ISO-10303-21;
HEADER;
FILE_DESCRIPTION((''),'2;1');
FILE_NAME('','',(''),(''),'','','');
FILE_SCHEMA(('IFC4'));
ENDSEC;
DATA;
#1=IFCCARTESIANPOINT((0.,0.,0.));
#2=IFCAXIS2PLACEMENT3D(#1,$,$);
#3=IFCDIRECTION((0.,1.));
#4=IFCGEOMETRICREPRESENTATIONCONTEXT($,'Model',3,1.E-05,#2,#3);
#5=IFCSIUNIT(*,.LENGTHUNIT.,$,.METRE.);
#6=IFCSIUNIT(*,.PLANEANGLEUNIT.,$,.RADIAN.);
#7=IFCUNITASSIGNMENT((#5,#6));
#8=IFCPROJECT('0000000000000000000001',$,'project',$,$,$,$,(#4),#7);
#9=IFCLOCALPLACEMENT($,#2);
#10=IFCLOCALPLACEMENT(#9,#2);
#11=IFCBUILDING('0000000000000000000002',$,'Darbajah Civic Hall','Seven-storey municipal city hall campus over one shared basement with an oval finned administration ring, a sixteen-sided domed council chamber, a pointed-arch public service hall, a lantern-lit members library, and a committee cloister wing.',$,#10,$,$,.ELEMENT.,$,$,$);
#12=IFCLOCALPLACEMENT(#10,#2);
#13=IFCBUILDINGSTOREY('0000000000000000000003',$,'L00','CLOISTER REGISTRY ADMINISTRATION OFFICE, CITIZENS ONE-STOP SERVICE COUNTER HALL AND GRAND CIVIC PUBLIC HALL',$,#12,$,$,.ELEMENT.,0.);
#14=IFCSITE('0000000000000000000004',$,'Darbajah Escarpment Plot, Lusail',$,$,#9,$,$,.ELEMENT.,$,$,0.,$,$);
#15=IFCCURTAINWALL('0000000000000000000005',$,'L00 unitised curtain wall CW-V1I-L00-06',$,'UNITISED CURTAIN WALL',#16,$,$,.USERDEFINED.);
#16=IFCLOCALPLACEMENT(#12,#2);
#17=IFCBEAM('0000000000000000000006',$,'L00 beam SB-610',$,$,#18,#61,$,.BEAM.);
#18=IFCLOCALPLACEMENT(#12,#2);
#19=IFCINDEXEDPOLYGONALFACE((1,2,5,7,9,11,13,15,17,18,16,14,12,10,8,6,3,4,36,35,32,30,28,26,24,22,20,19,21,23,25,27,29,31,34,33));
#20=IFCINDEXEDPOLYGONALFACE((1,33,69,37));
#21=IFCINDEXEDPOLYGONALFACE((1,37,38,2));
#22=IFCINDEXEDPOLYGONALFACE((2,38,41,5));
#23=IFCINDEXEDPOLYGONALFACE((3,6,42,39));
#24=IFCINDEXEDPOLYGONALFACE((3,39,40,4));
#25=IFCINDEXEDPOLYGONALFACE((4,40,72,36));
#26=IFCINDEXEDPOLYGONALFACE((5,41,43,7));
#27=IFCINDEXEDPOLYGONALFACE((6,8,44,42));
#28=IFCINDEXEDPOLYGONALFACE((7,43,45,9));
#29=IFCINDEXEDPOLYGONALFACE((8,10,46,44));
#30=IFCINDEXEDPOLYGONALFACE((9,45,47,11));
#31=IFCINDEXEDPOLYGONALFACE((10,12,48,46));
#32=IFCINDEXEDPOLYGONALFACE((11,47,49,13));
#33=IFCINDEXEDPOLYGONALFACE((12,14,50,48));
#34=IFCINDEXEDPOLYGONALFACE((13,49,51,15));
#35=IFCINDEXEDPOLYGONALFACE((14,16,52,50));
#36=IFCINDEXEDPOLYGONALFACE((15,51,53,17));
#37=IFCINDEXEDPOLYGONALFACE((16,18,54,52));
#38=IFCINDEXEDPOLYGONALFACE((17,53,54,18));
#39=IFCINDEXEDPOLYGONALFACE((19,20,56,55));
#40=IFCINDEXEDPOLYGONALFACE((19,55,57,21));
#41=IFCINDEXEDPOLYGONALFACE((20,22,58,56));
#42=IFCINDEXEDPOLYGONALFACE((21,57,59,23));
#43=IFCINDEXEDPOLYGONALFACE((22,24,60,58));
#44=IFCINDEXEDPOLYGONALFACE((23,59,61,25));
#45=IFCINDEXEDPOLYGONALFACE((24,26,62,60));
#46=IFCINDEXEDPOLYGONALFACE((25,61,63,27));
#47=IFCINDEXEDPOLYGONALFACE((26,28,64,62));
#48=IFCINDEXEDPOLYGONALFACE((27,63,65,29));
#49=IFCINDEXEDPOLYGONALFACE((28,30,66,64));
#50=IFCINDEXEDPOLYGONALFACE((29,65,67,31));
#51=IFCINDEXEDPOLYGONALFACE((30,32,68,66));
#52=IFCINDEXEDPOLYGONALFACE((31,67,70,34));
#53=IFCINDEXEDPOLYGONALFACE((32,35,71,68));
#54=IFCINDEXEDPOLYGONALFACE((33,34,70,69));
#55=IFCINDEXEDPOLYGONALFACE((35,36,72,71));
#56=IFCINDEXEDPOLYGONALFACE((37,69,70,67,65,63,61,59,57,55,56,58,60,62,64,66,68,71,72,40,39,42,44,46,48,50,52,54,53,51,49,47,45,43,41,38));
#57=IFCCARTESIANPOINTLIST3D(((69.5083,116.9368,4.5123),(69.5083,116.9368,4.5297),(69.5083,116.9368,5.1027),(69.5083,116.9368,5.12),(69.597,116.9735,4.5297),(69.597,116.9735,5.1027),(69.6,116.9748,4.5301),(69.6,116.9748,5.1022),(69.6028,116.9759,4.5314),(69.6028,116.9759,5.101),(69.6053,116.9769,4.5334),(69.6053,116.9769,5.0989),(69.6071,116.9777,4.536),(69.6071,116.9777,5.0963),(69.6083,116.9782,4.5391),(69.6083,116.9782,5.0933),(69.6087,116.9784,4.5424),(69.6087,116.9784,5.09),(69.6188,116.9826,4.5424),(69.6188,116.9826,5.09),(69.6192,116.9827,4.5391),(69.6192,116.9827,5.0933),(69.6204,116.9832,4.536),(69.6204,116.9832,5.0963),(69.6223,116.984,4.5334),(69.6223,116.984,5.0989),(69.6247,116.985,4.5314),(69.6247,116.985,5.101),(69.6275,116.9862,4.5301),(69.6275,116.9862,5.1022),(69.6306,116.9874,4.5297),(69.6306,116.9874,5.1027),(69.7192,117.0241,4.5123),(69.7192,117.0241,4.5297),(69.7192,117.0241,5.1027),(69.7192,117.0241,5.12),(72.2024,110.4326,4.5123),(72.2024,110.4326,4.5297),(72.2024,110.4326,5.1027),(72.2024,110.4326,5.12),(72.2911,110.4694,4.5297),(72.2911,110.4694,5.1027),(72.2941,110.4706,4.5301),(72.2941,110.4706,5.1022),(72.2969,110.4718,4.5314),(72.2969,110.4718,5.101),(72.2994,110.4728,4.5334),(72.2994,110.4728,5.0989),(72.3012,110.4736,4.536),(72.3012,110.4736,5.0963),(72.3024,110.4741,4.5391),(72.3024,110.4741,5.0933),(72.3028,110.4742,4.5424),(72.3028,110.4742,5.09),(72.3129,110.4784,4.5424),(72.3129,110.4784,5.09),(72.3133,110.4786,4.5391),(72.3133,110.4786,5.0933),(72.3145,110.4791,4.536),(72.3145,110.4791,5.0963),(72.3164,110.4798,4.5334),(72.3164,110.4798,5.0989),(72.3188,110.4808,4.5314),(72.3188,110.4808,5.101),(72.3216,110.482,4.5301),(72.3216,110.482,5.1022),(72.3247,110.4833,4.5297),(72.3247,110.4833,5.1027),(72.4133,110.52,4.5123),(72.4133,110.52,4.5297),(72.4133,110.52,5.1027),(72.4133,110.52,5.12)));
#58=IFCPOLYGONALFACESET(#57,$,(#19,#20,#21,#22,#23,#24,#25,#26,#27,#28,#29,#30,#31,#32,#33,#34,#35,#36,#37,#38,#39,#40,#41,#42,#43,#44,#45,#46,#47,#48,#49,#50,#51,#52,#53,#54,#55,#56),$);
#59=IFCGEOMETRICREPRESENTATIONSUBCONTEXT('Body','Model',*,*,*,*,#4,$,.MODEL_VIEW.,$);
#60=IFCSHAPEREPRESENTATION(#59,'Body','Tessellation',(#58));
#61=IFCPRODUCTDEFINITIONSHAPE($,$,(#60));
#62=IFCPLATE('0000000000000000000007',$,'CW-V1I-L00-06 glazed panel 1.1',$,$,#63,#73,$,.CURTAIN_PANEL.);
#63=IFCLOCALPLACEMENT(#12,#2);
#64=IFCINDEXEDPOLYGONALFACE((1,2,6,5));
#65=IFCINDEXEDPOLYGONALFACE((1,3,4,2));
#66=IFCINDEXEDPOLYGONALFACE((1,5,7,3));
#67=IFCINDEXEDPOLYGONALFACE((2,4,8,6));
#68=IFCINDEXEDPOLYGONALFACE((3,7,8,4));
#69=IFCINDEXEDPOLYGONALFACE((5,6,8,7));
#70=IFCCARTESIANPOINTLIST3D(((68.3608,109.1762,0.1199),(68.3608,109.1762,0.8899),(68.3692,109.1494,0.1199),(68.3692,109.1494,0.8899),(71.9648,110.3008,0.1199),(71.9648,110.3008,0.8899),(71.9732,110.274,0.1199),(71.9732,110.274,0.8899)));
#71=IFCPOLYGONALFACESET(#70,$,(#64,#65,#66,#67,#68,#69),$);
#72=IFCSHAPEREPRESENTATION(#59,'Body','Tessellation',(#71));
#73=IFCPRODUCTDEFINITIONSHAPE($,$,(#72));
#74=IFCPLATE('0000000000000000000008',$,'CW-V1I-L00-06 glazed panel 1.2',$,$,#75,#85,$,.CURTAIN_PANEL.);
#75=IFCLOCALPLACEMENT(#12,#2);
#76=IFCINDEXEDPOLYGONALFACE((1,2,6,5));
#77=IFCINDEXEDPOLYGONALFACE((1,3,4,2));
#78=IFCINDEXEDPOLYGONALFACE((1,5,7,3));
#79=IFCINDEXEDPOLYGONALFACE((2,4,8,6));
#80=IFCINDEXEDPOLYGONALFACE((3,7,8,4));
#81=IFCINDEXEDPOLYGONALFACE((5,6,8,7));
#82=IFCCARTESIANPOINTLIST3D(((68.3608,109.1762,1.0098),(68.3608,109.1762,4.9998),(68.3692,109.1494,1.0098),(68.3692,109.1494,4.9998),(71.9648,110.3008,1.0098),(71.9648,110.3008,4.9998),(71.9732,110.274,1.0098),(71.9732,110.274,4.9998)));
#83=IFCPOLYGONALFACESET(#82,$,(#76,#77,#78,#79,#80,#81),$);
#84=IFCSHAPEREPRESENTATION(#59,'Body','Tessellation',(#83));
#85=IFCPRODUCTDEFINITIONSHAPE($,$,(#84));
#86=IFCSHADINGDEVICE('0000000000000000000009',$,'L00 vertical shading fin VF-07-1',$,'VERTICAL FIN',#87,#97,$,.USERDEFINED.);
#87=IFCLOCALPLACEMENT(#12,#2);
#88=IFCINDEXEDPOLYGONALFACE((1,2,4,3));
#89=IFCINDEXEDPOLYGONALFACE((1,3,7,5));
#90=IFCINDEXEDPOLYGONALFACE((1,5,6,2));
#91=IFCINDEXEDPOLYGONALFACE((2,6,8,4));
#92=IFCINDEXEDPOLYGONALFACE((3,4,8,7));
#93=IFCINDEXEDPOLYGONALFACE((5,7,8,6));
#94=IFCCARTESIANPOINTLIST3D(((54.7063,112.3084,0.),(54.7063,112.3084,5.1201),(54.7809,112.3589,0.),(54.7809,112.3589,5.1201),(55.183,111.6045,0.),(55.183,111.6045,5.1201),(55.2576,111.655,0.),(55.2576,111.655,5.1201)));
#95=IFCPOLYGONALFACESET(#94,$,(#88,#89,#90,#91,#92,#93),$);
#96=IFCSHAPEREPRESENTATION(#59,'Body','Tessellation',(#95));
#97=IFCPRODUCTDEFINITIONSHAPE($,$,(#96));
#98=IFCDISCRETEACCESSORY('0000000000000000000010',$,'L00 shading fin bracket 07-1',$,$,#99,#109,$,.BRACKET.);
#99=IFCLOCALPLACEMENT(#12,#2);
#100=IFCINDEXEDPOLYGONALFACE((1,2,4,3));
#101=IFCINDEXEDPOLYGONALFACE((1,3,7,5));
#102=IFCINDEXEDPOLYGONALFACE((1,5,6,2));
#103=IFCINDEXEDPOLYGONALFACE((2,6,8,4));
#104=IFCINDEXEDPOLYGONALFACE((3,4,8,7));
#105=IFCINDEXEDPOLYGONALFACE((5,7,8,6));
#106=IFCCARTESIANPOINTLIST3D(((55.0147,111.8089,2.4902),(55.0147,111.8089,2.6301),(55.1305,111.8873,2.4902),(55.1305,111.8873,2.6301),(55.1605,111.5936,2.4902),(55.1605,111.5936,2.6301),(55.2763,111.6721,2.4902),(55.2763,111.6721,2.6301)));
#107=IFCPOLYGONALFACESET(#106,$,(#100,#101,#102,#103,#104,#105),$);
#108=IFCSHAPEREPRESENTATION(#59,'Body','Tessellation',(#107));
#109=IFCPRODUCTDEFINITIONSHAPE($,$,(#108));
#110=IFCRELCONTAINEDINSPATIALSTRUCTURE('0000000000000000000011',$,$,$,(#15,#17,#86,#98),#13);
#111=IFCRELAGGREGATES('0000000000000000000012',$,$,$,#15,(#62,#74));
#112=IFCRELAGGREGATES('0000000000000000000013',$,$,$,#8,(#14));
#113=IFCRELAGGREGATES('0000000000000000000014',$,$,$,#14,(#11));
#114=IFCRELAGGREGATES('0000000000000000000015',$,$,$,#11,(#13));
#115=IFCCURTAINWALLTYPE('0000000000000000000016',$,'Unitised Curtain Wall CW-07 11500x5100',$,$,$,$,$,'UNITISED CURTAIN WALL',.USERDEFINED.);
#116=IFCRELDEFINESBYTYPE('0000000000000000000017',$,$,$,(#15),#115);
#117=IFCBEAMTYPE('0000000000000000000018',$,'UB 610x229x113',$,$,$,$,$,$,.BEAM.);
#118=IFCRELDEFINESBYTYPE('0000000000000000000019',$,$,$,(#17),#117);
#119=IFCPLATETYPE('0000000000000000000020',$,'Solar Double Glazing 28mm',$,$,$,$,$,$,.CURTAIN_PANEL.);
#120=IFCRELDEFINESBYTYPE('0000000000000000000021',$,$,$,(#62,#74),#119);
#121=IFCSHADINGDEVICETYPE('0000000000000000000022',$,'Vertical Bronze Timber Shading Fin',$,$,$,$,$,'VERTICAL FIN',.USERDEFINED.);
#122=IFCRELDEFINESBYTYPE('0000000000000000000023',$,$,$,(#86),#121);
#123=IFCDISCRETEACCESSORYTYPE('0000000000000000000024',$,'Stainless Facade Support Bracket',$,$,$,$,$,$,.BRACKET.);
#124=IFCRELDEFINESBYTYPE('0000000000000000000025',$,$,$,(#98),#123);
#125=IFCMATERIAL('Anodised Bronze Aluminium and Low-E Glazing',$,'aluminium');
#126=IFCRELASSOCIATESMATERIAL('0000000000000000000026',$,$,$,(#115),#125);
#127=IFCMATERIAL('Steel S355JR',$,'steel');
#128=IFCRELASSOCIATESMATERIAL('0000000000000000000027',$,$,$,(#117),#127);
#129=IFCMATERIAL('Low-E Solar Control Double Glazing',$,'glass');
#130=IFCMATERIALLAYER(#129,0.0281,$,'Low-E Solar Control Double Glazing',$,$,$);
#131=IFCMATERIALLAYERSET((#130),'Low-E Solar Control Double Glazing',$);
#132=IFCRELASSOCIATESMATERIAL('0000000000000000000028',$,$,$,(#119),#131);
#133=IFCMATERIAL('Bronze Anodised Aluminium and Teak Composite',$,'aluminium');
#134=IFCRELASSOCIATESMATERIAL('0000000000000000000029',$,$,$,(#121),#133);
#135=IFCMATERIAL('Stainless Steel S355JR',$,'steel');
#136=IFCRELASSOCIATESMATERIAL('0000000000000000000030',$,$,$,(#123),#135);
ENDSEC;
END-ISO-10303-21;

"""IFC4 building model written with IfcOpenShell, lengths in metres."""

from ifc_helpers import new_model, si_unit, direction, frame, origin, origin_2d, place, context, subcontext, project, spatial, rectangle, i_section, extrude, material, layer, layer_set, material_profile, profile_set, type_object, element, aggregate, save


model = new_model("IFC4")

# Units and contexts
model_context = context("Model", 3, precision=1e-05, world=origin(), true_north=direction((0.0, 1.0)))
body_context = subcontext(model_context, "Body", "Model", "MODEL_VIEW")
ifc_project = project(units=[si_unit("LENGTHUNIT", "METRE"), si_unit("PLANEANGLEUNIT", "RADIAN")], contexts=[model_context])

# Site, building, storey
site_placement = place(None, origin())
site = spatial("IfcSite", under=ifc_project, at=site_placement, Name="Darbajah Escarpment Plot, Lusail", CompositionType="ELEMENT", RefElevation=0.0)
building_placement = place(site_placement, origin())
building = spatial("IfcBuilding", under=site, at=building_placement, Name="Darbajah Civic Hall", Description="Seven-storey municipal city hall campus over one shared basement with an oval finned administration ring, a sixteen-sided domed council chamber, a pointed-arch public service hall, a lantern-lit members library, and a committee cloister wing.", CompositionType="ELEMENT")
storey_placement = place(building_placement, origin())
storey = spatial("IfcBuildingStorey", under=building, at=storey_placement, Name="L00", Description="CLOISTER REGISTRY ADMINISTRATION OFFICE, CITIZENS ONE-STOP SERVICE COUNTER HALL AND GRAND CIVIC PUBLIC HALL", CompositionType="ELEMENT", Elevation=0.0)

# Curtain wall
ifc_material_1 = material(Name="Anodised Bronze Aluminium and Low-E Glazing", Category="aluminium")
curtain_wall_type_1 = type_object("IfcCurtainWallType", Name="Unitised Curtain Wall CW-07 11500x5100", ElementType="UNITISED CURTAIN WALL", PredefinedType="USERDEFINED", material=ifc_material_1)
curtain_wall_1_placement = place(storey_placement, origin())
curtain_wall_1 = element("IfcCurtainWall", 1, at=curtain_wall_1_placement, inside=storey, type_object=curtain_wall_type_1, Name="L00 unitised curtain wall CW-V1I-L00-06", ObjectType="UNITISED CURTAIN WALL", PredefinedType="USERDEFINED")

# Beam
ifc_material_2 = material(Name="Steel S355JR", Category="steel")
ifc_material_profile_1 = material_profile(ifc_material_2, i_section(OverallWidth=0.2283, OverallDepth=0.6077, WebThickness=0.011, FlangeThickness=0.0173, FilletRadius=0.0127, at=origin_2d()), Name="UB 610x229x113")
ifc_profile_set_1 = profile_set([ifc_material_profile_1], Name="Steel S355JR")
beam_type_1 = type_object("IfcBeamType", Name="UB 610x229x113", PredefinedType="BEAM", material=ifc_profile_set_1)
beam_1_placement = place(storey_placement, frame((72.3079, 110.4763, 4.8162), z_axis=(-0.382682, 0.92388, 0.0), x_axis=(-0.92388, -0.382682, 0.0)))
element("IfcBeam", 2, at=beam_1_placement, inside=storey, type_object=beam_type_1, Name="L00 beam SB-610", PredefinedType="BEAM", context=body_context, shape_type="SweptSolid", body=[
    extrude(i_section(OverallWidth=0.2283, OverallDepth=0.6077, WebThickness=0.011, FlangeThickness=0.0173, FilletRadius=0.0127, at=origin_2d()), origin(), (0.0, 0.0, 1.0), 7.04),
])

# Plates
ifc_material_3 = material(Name="Low-E Solar Control Double Glazing", Category="glass")
ifc_layer = layer(ifc_material_3, 0.0281, Name="Low-E Solar Control Double Glazing")
ifc_layer_set = layer_set([ifc_layer], Name="Low-E Solar Control Double Glazing")
plate_type = type_object("IfcPlateType", Name="Solar Double Glazing 28mm", PredefinedType="CURTAIN_PANEL", material=ifc_layer_set)
plate_1_placement = place(storey_placement, frame((70.167, 109.7251, 0.1199), z_axis=(0.0, 0.0, 1.0), x_axis=(-0.954605, -0.297875, 0.0)))
plate_1 = element("IfcPlate", 3, at=plate_1_placement, type_object=plate_type, Name="CW-V1I-L00-06 glazed panel 1.1", PredefinedType="CURTAIN_PANEL", context=body_context, shape_type="SweptSolid", body=[
    extrude(rectangle(XDim=3.7754, YDim=0.0281, at=origin_2d()), origin(), (0.0, 0.0, 1.0), 0.77),
])
plate_2_placement = place(storey_placement, frame((70.167, 109.7251, 1.0098), z_axis=(0.0, 0.0, 1.0), x_axis=(-0.954605, -0.297875, 0.0)))
plate_2 = element("IfcPlate", 4, at=plate_2_placement, type_object=plate_type, Name="CW-V1I-L00-06 glazed panel 1.2", PredefinedType="CURTAIN_PANEL", context=body_context, shape_type="SweptSolid", body=[
    extrude(rectangle(XDim=3.7754, YDim=0.0281, at=origin_2d()), origin(), (0.0, 0.0, 1.0), 3.99),
])
aggregate(curtain_wall_1, [plate_1, plate_2])

# Shading device
ifc_material_4 = material(Name="Bronze Anodised Aluminium and Teak Composite", Category="aluminium")
shading_device_type = type_object("IfcShadingDeviceType", Name="Vertical Bronze Timber Shading Fin", ElementType="VERTICAL FIN", PredefinedType="USERDEFINED", material=ifc_material_4)
shading_device_placement = place(storey_placement, frame((54.9819, 111.9817, 0.0), z_axis=(0.0, 0.0, 1.0), x_axis=(-0.560784, 0.827962, 0.0)))
element("IfcShadingDevice", 5, at=shading_device_placement, inside=storey, type_object=shading_device_type, Name="L00 vertical shading fin VF-07-1", ObjectType="VERTICAL FIN", PredefinedType="USERDEFINED", context=body_context, shape_type="SweptSolid", body=[
    extrude(rectangle(XDim=0.8501, YDim=0.0901, at=origin_2d()), origin(), (0.0, 0.0, 1.0), 5.1201),
])

# Discrete accessory
ifc_material_5 = material(Name="Stainless Steel S355JR", Category="steel")
discrete_accessory_type = type_object("IfcDiscreteAccessoryType", Name="Stainless Facade Support Bracket", PredefinedType="BRACKET", material=ifc_material_5)
discrete_accessory_placement = place(storey_placement, frame((55.1455, 111.7405, 2.4902), z_axis=(0.0, 0.0, 1.0), x_axis=(-0.560784, 0.827962, 0.0)))
element("IfcDiscreteAccessory", 6, at=discrete_accessory_placement, inside=storey, type_object=discrete_accessory_type, Name="L00 shading fin bracket 07-1", PredefinedType="BRACKET", context=body_context, shape_type="SweptSolid", body=[
    extrude(rectangle(XDim=0.26, YDim=0.1399, at=origin_2d()), origin(), (0.0, 0.0, 1.0), 0.1399),
])

save(model, "model.ifc")
